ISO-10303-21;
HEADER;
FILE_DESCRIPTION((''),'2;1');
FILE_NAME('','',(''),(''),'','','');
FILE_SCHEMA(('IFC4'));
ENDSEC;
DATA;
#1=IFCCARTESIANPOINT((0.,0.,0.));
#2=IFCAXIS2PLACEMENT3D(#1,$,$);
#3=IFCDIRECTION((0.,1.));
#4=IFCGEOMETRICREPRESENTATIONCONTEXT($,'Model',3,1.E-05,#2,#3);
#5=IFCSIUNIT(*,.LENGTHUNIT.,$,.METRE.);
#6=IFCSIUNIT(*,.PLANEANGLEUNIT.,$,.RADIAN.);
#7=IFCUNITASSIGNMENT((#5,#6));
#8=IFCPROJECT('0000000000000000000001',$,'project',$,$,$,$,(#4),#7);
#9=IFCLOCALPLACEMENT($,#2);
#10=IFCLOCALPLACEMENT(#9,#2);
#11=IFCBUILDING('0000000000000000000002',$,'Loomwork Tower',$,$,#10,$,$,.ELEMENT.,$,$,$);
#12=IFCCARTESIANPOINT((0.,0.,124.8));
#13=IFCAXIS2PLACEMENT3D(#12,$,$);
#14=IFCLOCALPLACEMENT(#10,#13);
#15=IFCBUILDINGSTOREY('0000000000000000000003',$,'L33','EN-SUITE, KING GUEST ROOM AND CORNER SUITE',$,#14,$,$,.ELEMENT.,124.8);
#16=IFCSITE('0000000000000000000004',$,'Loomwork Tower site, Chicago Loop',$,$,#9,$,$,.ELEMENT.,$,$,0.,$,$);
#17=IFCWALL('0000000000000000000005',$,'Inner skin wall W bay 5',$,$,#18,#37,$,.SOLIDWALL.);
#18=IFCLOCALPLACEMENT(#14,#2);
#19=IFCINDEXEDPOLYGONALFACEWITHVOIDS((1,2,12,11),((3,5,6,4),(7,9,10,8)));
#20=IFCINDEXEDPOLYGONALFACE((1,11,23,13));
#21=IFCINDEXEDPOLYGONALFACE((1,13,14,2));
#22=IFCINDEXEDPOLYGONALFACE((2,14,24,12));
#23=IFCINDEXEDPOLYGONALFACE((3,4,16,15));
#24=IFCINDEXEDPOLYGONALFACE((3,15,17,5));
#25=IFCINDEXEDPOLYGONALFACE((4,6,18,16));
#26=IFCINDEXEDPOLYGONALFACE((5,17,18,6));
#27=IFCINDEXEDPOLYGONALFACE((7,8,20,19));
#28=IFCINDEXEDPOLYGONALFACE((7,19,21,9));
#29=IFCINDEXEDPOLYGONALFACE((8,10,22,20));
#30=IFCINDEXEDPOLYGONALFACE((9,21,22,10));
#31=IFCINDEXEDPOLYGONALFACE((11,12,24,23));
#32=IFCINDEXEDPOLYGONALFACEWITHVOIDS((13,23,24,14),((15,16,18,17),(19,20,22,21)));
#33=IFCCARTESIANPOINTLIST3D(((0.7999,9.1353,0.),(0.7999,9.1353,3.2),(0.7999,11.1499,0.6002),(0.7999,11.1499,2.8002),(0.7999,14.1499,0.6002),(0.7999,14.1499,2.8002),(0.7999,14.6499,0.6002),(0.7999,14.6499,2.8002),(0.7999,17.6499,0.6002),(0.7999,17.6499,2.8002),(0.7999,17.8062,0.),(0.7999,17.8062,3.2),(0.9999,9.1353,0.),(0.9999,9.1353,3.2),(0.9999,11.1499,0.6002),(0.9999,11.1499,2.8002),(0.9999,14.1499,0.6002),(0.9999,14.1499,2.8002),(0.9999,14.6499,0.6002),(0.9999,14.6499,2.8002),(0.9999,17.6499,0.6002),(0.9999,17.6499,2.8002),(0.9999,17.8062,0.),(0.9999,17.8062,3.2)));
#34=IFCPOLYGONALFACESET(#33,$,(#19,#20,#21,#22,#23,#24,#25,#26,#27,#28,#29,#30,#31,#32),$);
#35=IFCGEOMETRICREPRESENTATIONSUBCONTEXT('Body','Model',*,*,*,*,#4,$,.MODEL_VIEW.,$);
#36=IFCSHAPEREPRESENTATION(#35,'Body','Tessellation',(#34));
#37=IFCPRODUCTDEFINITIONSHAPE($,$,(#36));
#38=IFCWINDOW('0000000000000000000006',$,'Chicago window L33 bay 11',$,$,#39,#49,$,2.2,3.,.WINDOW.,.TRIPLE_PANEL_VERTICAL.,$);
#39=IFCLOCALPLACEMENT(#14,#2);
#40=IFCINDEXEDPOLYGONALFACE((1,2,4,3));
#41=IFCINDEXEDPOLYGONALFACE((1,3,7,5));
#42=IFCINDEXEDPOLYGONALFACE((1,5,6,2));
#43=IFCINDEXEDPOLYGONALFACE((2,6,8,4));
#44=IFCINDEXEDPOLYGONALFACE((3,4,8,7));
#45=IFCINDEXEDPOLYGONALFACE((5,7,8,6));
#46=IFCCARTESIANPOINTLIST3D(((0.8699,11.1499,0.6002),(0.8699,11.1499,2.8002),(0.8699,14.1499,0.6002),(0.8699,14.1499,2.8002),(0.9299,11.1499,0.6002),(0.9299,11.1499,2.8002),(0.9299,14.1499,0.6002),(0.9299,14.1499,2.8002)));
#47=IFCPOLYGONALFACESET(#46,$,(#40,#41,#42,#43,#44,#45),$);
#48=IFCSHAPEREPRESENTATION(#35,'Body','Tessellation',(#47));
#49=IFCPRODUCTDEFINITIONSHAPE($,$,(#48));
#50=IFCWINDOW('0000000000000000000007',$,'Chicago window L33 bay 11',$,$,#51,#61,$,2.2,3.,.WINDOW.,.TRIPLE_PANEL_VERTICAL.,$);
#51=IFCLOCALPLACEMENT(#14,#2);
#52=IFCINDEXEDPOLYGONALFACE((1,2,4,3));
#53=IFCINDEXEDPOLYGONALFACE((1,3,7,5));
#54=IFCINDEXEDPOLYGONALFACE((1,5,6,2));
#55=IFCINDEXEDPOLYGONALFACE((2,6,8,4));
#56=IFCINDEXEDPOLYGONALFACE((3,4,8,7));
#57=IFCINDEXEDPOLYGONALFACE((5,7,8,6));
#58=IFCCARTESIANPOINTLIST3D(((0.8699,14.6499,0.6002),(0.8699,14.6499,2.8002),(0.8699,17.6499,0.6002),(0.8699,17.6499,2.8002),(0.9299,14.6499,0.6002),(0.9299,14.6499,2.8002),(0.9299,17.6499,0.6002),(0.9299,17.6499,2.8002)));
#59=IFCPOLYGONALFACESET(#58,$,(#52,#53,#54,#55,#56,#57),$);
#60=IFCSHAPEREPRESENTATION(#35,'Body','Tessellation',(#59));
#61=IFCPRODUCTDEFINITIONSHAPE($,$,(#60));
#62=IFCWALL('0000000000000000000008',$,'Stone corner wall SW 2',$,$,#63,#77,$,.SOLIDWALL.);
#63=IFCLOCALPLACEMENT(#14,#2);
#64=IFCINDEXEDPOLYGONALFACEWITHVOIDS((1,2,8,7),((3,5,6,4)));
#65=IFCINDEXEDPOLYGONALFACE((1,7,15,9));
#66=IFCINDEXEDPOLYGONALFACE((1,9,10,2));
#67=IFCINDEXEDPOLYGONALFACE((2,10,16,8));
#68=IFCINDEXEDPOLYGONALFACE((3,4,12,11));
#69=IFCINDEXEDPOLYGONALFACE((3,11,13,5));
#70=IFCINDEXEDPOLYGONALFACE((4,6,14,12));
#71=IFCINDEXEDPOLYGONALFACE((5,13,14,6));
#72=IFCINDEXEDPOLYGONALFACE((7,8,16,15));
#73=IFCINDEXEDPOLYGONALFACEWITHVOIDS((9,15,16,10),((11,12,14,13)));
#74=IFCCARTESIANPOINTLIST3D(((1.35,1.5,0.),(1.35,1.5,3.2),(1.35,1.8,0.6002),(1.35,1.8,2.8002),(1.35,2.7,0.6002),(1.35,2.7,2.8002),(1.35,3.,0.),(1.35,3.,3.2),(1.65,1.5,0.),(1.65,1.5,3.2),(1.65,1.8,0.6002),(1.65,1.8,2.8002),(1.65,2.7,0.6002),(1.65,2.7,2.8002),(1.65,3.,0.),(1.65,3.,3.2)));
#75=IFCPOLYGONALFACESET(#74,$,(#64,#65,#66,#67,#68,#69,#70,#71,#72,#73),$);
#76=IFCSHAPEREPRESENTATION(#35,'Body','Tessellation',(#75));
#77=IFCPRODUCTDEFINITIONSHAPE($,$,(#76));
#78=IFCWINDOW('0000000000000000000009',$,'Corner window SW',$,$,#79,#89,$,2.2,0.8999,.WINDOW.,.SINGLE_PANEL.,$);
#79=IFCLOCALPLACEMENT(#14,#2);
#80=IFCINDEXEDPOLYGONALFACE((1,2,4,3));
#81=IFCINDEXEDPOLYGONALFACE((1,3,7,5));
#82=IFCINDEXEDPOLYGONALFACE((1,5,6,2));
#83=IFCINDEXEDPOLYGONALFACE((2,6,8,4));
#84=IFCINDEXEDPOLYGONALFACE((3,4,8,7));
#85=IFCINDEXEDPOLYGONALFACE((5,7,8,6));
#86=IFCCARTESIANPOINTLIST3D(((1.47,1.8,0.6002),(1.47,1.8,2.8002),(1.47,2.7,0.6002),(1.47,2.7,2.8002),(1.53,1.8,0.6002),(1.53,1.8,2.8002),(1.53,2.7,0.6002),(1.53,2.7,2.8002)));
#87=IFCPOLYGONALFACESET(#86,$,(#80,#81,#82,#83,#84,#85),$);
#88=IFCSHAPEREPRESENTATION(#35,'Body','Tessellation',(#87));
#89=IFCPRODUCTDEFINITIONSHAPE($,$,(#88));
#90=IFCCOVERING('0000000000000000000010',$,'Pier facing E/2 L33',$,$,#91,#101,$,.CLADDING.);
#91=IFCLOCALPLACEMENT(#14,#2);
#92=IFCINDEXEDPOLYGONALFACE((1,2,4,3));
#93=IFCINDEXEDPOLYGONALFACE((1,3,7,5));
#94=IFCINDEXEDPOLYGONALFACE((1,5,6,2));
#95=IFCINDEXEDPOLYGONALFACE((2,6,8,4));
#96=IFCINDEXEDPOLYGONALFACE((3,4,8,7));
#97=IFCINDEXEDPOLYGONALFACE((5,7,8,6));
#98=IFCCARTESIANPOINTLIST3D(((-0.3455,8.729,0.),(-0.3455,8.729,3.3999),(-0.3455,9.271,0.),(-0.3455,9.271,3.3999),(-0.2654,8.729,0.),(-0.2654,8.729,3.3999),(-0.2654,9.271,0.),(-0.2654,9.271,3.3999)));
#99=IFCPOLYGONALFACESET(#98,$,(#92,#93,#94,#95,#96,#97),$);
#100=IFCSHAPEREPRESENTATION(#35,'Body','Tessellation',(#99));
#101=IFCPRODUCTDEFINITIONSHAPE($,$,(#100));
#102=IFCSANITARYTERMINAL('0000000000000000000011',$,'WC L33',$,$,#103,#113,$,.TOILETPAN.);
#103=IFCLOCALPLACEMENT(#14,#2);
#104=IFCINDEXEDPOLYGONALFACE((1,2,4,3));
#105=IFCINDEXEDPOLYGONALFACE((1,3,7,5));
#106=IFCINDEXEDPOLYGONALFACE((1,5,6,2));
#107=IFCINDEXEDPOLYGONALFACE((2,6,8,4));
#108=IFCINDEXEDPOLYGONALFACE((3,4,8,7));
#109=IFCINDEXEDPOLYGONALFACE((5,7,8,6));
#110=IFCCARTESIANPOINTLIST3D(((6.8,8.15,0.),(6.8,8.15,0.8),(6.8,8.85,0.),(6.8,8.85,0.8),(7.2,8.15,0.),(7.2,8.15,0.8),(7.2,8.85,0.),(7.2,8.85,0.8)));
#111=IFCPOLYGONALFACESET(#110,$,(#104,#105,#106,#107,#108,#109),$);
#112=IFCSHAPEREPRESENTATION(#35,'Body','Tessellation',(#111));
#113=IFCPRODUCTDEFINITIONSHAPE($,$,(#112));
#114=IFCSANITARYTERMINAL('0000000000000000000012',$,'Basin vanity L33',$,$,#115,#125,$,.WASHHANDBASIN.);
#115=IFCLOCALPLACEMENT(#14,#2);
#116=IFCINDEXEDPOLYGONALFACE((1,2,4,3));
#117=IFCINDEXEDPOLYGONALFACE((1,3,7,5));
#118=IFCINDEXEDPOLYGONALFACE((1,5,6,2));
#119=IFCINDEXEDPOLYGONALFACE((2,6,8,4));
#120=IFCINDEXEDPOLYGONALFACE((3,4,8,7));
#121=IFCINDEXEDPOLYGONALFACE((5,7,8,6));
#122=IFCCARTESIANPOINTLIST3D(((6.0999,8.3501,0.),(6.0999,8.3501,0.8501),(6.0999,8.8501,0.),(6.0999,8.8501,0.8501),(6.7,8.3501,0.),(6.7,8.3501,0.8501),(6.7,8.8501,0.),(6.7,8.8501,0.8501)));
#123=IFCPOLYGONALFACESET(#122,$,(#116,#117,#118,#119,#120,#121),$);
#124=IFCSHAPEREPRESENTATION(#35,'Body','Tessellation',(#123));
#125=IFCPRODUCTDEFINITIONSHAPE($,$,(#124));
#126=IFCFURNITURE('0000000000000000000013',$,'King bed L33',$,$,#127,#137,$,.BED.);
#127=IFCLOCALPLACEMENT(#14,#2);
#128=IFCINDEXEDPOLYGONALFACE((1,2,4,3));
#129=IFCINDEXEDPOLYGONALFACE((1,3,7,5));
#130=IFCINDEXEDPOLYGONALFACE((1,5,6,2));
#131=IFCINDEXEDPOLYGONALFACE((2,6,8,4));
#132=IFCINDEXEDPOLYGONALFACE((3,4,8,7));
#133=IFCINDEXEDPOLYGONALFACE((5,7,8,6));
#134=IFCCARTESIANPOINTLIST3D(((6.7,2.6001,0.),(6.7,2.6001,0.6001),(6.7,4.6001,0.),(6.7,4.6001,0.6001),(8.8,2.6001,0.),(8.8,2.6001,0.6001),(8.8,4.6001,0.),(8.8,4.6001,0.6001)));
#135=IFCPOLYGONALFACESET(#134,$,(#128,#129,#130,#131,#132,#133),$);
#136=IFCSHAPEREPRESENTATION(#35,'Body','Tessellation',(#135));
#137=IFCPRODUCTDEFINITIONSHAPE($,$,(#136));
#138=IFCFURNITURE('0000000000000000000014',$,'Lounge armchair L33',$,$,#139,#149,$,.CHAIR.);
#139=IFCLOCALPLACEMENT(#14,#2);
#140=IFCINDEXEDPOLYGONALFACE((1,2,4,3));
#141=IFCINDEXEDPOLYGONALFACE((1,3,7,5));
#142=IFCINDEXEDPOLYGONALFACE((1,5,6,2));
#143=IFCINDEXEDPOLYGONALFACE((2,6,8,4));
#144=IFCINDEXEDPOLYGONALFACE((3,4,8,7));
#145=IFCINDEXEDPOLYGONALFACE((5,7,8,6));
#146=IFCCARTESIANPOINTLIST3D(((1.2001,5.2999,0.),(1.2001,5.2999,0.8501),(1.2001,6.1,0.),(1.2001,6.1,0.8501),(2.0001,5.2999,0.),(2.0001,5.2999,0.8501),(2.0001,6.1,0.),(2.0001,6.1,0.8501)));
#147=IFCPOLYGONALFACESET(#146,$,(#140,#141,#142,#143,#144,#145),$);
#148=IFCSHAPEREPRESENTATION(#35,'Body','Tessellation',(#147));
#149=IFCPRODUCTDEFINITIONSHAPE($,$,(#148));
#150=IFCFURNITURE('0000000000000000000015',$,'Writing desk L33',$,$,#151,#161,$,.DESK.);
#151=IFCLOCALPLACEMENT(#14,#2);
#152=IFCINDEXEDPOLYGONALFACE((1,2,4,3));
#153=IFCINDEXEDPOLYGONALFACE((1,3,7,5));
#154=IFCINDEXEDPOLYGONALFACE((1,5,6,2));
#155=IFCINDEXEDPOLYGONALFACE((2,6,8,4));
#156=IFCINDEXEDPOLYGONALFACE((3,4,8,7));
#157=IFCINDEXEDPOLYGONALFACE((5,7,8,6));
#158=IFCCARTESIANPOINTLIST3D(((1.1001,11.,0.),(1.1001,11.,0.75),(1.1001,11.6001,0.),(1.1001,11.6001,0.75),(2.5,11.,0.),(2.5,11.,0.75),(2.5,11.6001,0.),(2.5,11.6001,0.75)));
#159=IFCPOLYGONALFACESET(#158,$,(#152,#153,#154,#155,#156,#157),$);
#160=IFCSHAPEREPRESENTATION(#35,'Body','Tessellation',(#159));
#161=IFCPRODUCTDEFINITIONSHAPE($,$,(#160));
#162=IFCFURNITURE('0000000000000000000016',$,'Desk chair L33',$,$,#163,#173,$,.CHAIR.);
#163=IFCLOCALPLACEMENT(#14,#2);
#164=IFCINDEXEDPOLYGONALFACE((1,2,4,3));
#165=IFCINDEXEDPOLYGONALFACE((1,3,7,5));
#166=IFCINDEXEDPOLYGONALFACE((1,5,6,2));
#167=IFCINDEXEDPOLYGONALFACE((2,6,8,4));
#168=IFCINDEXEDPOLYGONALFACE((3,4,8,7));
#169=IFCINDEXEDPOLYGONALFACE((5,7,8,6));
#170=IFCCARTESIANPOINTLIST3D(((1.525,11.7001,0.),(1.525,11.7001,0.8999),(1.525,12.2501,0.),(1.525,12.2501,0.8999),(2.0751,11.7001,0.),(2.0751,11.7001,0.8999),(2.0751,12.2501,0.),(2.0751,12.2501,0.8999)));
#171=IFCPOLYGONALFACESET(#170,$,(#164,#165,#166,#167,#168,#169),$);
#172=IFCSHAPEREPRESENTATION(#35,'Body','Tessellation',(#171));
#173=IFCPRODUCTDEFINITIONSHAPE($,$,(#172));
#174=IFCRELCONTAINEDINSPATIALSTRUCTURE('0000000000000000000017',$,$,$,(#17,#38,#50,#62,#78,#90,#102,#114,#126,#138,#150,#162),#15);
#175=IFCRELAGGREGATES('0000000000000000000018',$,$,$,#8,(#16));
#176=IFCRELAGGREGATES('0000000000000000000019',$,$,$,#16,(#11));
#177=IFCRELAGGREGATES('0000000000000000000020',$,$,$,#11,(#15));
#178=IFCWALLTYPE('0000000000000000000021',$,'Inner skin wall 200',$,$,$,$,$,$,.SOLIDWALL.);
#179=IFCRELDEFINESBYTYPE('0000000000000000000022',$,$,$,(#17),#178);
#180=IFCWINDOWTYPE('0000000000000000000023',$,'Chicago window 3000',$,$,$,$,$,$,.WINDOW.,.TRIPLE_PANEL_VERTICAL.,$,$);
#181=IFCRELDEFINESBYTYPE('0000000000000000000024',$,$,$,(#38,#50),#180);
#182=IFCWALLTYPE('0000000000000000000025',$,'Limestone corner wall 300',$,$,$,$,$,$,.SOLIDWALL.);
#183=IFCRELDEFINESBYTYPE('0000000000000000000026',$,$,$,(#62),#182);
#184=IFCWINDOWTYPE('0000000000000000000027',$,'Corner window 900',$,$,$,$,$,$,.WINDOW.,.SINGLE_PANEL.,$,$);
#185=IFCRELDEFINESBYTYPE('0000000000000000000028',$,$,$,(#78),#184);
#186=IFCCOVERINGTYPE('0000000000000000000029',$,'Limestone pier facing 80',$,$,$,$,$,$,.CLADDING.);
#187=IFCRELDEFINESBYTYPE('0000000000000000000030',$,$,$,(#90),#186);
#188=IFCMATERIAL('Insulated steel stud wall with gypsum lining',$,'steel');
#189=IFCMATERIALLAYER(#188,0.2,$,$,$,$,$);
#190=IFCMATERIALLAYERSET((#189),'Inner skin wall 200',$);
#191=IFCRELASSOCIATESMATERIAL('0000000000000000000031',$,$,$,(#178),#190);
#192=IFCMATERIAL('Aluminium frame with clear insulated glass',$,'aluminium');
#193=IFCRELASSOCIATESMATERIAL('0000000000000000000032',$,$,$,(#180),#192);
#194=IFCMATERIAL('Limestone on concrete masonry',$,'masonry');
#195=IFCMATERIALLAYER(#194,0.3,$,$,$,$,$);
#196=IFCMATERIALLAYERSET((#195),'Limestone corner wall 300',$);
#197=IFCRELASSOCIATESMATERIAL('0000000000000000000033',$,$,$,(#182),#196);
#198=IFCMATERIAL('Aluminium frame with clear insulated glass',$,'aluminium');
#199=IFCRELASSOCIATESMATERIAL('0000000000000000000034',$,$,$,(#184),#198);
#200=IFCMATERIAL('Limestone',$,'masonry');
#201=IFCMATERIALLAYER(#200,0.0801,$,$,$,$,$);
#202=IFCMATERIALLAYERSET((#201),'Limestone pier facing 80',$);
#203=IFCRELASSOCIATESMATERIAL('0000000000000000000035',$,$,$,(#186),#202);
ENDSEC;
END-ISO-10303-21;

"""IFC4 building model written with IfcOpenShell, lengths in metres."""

from ifc_helpers import new_model, si_unit, direction, frame, frame_2d, origin, origin_2d, place, context, subcontext, project, spatial, rectangle, extrude, material, layer, layer_set, type_object, element, fill, save


model = new_model("IFC4")

# Units and contexts
model_context = context("Model", 3, precision=1e-05, world=origin(), true_north=direction((0.0, 1.0)))
body_context = subcontext(model_context, "Body", "Model", "MODEL_VIEW")
ifc_project = project(units=[si_unit("LENGTHUNIT", "METRE"), si_unit("PLANEANGLEUNIT", "RADIAN")], contexts=[model_context])

# Site, building, storey
site_placement = place(None, origin())
site = spatial("IfcSite", under=ifc_project, at=site_placement, Name="Loomwork Tower site, Chicago Loop", CompositionType="ELEMENT", RefElevation=0.0)
building_placement = place(site_placement, origin())
building = spatial("IfcBuilding", under=site, at=building_placement, Name="Loomwork Tower", CompositionType="ELEMENT")
storey_placement = place(building_placement, frame((0.0, 0.0, 124.8)))
storey = spatial("IfcBuildingStorey", under=building, at=storey_placement, Name="L33", Description="EN-SUITE, KING GUEST ROOM AND CORNER SUITE", CompositionType="ELEMENT", Elevation=124.8)

# Shared definitions
ifc_material_1 = material(Name="Insulated steel stud wall with gypsum lining", Category="steel")
ifc_layer_1 = layer(ifc_material_1, 0.2)
ifc_layer_set_1 = layer_set([ifc_layer_1], Name="Inner skin wall 200")
wall_type_1 = type_object("IfcWallType", Name="Inner skin wall 200", PredefinedType="SOLIDWALL", material=ifc_layer_set_1)

# Wall, openings, windows
wall_1_placement = place(storey_placement, frame((0.8999, 9.1353, 0.0), z_axis=(0.0, 0.0, 1.0), x_axis=(0.0, 1.0, 0.0)))
wall_1 = element("IfcWall", 1, at=wall_1_placement, inside=storey, type_object=wall_type_1, Name="Inner skin wall W bay 5", PredefinedType="SOLIDWALL", context=body_context, shape_type="SweptSolid", body=[
    extrude(rectangle(XDim=8.6709, YDim=0.2, at=frame_2d((4.3354, 0.0))), origin(), (0.0, 0.0, 1.0), 3.2),
])
opening_1_placement = place(wall_1_placement, frame((2.0146, 0.0, 0.6001)))
opening_1 = element("IfcOpeningElement", 2, at=opening_1_placement, cuts=wall_1, PredefinedType="OPENING", context=body_context, shape_type="SweptSolid", body=[
    extrude(rectangle(XDim=3.0, YDim=2.2, at=frame_2d((1.5, 1.1001))), frame((0.0, 0.1099, 0.0), z_axis=(0.0, -1.0, 0.0), x_axis=(1.0, 0.0, 0.0)), (0.0, 0.0, 1.0), 0.22),
])
opening_2_placement = place(wall_1_placement, frame((5.5146, 0.0, 0.6001)))
opening_2 = element("IfcOpeningElement", 3, at=opening_2_placement, cuts=wall_1, PredefinedType="OPENING", context=body_context, shape_type="SweptSolid", body=[
    extrude(rectangle(XDim=3.0, YDim=2.2, at=frame_2d((1.5, 1.1001))), frame((0.0, 0.1099, 0.0), z_axis=(0.0, -1.0, 0.0), x_axis=(1.0, 0.0, 0.0)), (0.0, 0.0, 1.0), 0.22),
])
ifc_material_2 = material(Name="Aluminium frame with clear insulated glass", Category="aluminium")
window_type_1 = type_object("IfcWindowType", Name="Chicago window 3000", PartitioningType="TRIPLE_PANEL_VERTICAL", PredefinedType="WINDOW", material=ifc_material_2)
window_1_placement = place(opening_1_placement, origin())
window_1 = element("IfcWindow", 4, at=window_1_placement, inside=storey, type_object=window_type_1, Name="Chicago window L33 bay 11", OverallHeight=2.2, OverallWidth=3.0, PartitioningType="TRIPLE_PANEL_VERTICAL", PredefinedType="WINDOW", context=body_context, shape_type="SweptSolid", body=[
    extrude(rectangle(XDim=3.0, YDim=2.2, at=frame_2d((1.5, 1.1001))), frame((0.0, 0.03, 0.0), z_axis=(0.0, -1.0, 0.0), x_axis=(1.0, 0.0, 0.0)), (0.0, 0.0, 1.0), 0.0601),
])
fill(opening_1, window_1)
window_2_placement = place(opening_2_placement, origin())
window_2 = element("IfcWindow", 5, at=window_2_placement, inside=storey, type_object=window_type_1, Name="Chicago window L33 bay 11", OverallHeight=2.2, OverallWidth=3.0, PartitioningType="TRIPLE_PANEL_VERTICAL", PredefinedType="WINDOW", context=body_context, shape_type="SweptSolid", body=[
    extrude(rectangle(XDim=3.0, YDim=2.2, at=frame_2d((1.5, 1.1001))), frame((0.0, 0.03, 0.0), z_axis=(0.0, -1.0, 0.0), x_axis=(1.0, 0.0, 0.0)), (0.0, 0.0, 1.0), 0.0601),
])
fill(opening_2, window_2)

# Wall, opening, window
ifc_material_3 = material(Name="Limestone on concrete masonry", Category="masonry")
ifc_layer_2 = layer(ifc_material_3, 0.3)
ifc_layer_set_2 = layer_set([ifc_layer_2], Name="Limestone corner wall 300")
wall_type_2 = type_object("IfcWallType", Name="Limestone corner wall 300", PredefinedType="SOLIDWALL", material=ifc_layer_set_2)
wall_2_placement = place(storey_placement, frame((1.5, 3.0, 0.0), z_axis=(0.0, 0.0, 1.0), x_axis=(0.0, -1.0, 0.0)))
wall_2 = element("IfcWall", 6, at=wall_2_placement, inside=storey, type_object=wall_type_2, Name="Stone corner wall SW 2", PredefinedType="SOLIDWALL", context=body_context, shape_type="SweptSolid", body=[
    extrude(rectangle(XDim=1.5, YDim=0.3, at=frame_2d((0.75, 0.0))), origin(), (0.0, 0.0, 1.0), 3.2),
])
opening_3_placement = place(wall_2_placement, frame((0.3, 0.0, 0.6001)))
opening_3 = element("IfcOpeningElement", 7, at=opening_3_placement, cuts=wall_2, PredefinedType="OPENING", context=body_context, shape_type="SweptSolid", body=[
    extrude(rectangle(XDim=0.8999, YDim=2.2, at=frame_2d((0.45, 1.1001))), frame((0.0, 0.1599, 0.0), z_axis=(0.0, -1.0, 0.0), x_axis=(1.0, 0.0, 0.0)), (0.0, 0.0, 1.0), 0.3201),
])
ifc_material_4 = material(Name="Aluminium frame with clear insulated glass", Category="aluminium")
window_type_2 = type_object("IfcWindowType", Name="Corner window 900", PartitioningType="SINGLE_PANEL", PredefinedType="WINDOW", material=ifc_material_4)
window_3_placement = place(opening_3_placement, origin())
window_3 = element("IfcWindow", 8, at=window_3_placement, inside=storey, type_object=window_type_2, Name="Corner window SW", OverallHeight=2.2, OverallWidth=0.8999, PartitioningType="SINGLE_PANEL", PredefinedType="WINDOW", context=body_context, shape_type="SweptSolid", body=[
    extrude(rectangle(XDim=0.8999, YDim=2.2, at=frame_2d((0.45, 1.1001))), frame((0.0, 0.03, 0.0), z_axis=(0.0, -1.0, 0.0), x_axis=(1.0, 0.0, 0.0)), (0.0, 0.0, 1.0), 0.0601),
])
fill(opening_3, window_3)

# Covering
ifc_material_5 = material(Name="Limestone", Category="masonry")
ifc_layer_3 = layer(ifc_material_5, 0.0801)
ifc_layer_set_3 = layer_set([ifc_layer_3], Name="Limestone pier facing 80")
covering_type = type_object("IfcCoveringType", Name="Limestone pier facing 80", PredefinedType="CLADDING", material=ifc_layer_set_3)
covering_placement = place(storey_placement, frame((-0.3054, 9.0, 0.0), z_axis=(0.0, 0.0, 1.0), x_axis=(1.0, 0.0, 0.0)))
element("IfcCovering", 9, at=covering_placement, inside=storey, type_object=covering_type, Name="Pier facing E/2 L33", PredefinedType="CLADDING", context=body_context, shape_type="SweptSolid", body=[
    extrude(rectangle(XDim=0.0801, YDim=0.542, at=origin_2d()), origin(), (0.0, 0.0, 1.0), 3.3999),
])

# Sanitary terminals
sanitary_terminal_1_placement = place(storey_placement, frame((7.0, 8.5, 0.0), z_axis=(0.0, 0.0, 1.0), x_axis=(1.0, 0.0, 0.0)))
element("IfcSanitaryTerminal", 10, at=sanitary_terminal_1_placement, inside=storey, Name="WC L33", PredefinedType="TOILETPAN", context=body_context, shape_type="SweptSolid", body=[
    extrude(rectangle(XDim=0.3999, YDim=0.7, at=origin_2d()), origin(), (0.0, 0.0, 1.0), 0.8),
])
sanitary_terminal_2_placement = place(storey_placement, frame((6.3999, 8.6001, 0.0), z_axis=(0.0, 0.0, 1.0), x_axis=(1.0, 0.0, 0.0)))
element("IfcSanitaryTerminal", 11, at=sanitary_terminal_2_placement, inside=storey, Name="Basin vanity L33", PredefinedType="WASHHANDBASIN", context=body_context, shape_type="SweptSolid", body=[
    extrude(rectangle(XDim=0.6001, YDim=0.5, at=origin_2d()), origin(), (0.0, 0.0, 1.0), 0.8501),
])

# Furniture
furniture_1_placement = place(storey_placement, frame((7.75, 3.6001, 0.0), z_axis=(0.0, 0.0, 1.0), x_axis=(1.0, 0.0, 0.0)))
element("IfcFurniture", 12, at=furniture_1_placement, inside=storey, Name="King bed L33", PredefinedType="BED", context=body_context, shape_type="SweptSolid", body=[
    extrude(rectangle(XDim=2.1001, YDim=2.0, at=origin_2d()), origin(), (0.0, 0.0, 1.0), 0.6001),
])
furniture_2_placement = place(storey_placement, frame((1.6001, 5.7, 0.0), z_axis=(0.0, 0.0, 1.0), x_axis=(1.0, 0.0, 0.0)))
element("IfcFurniture", 13, at=furniture_2_placement, inside=storey, Name="Lounge armchair L33", PredefinedType="CHAIR", context=body_context, shape_type="SweptSolid", body=[
    extrude(rectangle(XDim=0.8, YDim=0.8, at=origin_2d()), origin(), (0.0, 0.0, 1.0), 0.8501),
])
furniture_3_placement = place(storey_placement, frame((1.8, 11.3, 0.0), z_axis=(0.0, 0.0, 1.0), x_axis=(1.0, 0.0, 0.0)))
element("IfcFurniture", 14, at=furniture_3_placement, inside=storey, Name="Writing desk L33", PredefinedType="DESK", context=body_context, shape_type="SweptSolid", body=[
    extrude(rectangle(XDim=1.3999, YDim=0.6001, at=origin_2d()), origin(), (0.0, 0.0, 1.0), 0.75),
])
furniture_4_placement = place(storey_placement, frame((1.8, 11.9751, 0.0), z_axis=(0.0, 0.0, 1.0), x_axis=(1.0, 0.0, 0.0)))
element("IfcFurniture", 15, at=furniture_4_placement, inside=storey, Name="Desk chair L33", PredefinedType="CHAIR", context=body_context, shape_type="SweptSolid", body=[
    extrude(rectangle(XDim=0.55, YDim=0.55, at=origin_2d()), origin(), (0.0, 0.0, 1.0), 0.8999),
])

save(model, "model.ifc")
